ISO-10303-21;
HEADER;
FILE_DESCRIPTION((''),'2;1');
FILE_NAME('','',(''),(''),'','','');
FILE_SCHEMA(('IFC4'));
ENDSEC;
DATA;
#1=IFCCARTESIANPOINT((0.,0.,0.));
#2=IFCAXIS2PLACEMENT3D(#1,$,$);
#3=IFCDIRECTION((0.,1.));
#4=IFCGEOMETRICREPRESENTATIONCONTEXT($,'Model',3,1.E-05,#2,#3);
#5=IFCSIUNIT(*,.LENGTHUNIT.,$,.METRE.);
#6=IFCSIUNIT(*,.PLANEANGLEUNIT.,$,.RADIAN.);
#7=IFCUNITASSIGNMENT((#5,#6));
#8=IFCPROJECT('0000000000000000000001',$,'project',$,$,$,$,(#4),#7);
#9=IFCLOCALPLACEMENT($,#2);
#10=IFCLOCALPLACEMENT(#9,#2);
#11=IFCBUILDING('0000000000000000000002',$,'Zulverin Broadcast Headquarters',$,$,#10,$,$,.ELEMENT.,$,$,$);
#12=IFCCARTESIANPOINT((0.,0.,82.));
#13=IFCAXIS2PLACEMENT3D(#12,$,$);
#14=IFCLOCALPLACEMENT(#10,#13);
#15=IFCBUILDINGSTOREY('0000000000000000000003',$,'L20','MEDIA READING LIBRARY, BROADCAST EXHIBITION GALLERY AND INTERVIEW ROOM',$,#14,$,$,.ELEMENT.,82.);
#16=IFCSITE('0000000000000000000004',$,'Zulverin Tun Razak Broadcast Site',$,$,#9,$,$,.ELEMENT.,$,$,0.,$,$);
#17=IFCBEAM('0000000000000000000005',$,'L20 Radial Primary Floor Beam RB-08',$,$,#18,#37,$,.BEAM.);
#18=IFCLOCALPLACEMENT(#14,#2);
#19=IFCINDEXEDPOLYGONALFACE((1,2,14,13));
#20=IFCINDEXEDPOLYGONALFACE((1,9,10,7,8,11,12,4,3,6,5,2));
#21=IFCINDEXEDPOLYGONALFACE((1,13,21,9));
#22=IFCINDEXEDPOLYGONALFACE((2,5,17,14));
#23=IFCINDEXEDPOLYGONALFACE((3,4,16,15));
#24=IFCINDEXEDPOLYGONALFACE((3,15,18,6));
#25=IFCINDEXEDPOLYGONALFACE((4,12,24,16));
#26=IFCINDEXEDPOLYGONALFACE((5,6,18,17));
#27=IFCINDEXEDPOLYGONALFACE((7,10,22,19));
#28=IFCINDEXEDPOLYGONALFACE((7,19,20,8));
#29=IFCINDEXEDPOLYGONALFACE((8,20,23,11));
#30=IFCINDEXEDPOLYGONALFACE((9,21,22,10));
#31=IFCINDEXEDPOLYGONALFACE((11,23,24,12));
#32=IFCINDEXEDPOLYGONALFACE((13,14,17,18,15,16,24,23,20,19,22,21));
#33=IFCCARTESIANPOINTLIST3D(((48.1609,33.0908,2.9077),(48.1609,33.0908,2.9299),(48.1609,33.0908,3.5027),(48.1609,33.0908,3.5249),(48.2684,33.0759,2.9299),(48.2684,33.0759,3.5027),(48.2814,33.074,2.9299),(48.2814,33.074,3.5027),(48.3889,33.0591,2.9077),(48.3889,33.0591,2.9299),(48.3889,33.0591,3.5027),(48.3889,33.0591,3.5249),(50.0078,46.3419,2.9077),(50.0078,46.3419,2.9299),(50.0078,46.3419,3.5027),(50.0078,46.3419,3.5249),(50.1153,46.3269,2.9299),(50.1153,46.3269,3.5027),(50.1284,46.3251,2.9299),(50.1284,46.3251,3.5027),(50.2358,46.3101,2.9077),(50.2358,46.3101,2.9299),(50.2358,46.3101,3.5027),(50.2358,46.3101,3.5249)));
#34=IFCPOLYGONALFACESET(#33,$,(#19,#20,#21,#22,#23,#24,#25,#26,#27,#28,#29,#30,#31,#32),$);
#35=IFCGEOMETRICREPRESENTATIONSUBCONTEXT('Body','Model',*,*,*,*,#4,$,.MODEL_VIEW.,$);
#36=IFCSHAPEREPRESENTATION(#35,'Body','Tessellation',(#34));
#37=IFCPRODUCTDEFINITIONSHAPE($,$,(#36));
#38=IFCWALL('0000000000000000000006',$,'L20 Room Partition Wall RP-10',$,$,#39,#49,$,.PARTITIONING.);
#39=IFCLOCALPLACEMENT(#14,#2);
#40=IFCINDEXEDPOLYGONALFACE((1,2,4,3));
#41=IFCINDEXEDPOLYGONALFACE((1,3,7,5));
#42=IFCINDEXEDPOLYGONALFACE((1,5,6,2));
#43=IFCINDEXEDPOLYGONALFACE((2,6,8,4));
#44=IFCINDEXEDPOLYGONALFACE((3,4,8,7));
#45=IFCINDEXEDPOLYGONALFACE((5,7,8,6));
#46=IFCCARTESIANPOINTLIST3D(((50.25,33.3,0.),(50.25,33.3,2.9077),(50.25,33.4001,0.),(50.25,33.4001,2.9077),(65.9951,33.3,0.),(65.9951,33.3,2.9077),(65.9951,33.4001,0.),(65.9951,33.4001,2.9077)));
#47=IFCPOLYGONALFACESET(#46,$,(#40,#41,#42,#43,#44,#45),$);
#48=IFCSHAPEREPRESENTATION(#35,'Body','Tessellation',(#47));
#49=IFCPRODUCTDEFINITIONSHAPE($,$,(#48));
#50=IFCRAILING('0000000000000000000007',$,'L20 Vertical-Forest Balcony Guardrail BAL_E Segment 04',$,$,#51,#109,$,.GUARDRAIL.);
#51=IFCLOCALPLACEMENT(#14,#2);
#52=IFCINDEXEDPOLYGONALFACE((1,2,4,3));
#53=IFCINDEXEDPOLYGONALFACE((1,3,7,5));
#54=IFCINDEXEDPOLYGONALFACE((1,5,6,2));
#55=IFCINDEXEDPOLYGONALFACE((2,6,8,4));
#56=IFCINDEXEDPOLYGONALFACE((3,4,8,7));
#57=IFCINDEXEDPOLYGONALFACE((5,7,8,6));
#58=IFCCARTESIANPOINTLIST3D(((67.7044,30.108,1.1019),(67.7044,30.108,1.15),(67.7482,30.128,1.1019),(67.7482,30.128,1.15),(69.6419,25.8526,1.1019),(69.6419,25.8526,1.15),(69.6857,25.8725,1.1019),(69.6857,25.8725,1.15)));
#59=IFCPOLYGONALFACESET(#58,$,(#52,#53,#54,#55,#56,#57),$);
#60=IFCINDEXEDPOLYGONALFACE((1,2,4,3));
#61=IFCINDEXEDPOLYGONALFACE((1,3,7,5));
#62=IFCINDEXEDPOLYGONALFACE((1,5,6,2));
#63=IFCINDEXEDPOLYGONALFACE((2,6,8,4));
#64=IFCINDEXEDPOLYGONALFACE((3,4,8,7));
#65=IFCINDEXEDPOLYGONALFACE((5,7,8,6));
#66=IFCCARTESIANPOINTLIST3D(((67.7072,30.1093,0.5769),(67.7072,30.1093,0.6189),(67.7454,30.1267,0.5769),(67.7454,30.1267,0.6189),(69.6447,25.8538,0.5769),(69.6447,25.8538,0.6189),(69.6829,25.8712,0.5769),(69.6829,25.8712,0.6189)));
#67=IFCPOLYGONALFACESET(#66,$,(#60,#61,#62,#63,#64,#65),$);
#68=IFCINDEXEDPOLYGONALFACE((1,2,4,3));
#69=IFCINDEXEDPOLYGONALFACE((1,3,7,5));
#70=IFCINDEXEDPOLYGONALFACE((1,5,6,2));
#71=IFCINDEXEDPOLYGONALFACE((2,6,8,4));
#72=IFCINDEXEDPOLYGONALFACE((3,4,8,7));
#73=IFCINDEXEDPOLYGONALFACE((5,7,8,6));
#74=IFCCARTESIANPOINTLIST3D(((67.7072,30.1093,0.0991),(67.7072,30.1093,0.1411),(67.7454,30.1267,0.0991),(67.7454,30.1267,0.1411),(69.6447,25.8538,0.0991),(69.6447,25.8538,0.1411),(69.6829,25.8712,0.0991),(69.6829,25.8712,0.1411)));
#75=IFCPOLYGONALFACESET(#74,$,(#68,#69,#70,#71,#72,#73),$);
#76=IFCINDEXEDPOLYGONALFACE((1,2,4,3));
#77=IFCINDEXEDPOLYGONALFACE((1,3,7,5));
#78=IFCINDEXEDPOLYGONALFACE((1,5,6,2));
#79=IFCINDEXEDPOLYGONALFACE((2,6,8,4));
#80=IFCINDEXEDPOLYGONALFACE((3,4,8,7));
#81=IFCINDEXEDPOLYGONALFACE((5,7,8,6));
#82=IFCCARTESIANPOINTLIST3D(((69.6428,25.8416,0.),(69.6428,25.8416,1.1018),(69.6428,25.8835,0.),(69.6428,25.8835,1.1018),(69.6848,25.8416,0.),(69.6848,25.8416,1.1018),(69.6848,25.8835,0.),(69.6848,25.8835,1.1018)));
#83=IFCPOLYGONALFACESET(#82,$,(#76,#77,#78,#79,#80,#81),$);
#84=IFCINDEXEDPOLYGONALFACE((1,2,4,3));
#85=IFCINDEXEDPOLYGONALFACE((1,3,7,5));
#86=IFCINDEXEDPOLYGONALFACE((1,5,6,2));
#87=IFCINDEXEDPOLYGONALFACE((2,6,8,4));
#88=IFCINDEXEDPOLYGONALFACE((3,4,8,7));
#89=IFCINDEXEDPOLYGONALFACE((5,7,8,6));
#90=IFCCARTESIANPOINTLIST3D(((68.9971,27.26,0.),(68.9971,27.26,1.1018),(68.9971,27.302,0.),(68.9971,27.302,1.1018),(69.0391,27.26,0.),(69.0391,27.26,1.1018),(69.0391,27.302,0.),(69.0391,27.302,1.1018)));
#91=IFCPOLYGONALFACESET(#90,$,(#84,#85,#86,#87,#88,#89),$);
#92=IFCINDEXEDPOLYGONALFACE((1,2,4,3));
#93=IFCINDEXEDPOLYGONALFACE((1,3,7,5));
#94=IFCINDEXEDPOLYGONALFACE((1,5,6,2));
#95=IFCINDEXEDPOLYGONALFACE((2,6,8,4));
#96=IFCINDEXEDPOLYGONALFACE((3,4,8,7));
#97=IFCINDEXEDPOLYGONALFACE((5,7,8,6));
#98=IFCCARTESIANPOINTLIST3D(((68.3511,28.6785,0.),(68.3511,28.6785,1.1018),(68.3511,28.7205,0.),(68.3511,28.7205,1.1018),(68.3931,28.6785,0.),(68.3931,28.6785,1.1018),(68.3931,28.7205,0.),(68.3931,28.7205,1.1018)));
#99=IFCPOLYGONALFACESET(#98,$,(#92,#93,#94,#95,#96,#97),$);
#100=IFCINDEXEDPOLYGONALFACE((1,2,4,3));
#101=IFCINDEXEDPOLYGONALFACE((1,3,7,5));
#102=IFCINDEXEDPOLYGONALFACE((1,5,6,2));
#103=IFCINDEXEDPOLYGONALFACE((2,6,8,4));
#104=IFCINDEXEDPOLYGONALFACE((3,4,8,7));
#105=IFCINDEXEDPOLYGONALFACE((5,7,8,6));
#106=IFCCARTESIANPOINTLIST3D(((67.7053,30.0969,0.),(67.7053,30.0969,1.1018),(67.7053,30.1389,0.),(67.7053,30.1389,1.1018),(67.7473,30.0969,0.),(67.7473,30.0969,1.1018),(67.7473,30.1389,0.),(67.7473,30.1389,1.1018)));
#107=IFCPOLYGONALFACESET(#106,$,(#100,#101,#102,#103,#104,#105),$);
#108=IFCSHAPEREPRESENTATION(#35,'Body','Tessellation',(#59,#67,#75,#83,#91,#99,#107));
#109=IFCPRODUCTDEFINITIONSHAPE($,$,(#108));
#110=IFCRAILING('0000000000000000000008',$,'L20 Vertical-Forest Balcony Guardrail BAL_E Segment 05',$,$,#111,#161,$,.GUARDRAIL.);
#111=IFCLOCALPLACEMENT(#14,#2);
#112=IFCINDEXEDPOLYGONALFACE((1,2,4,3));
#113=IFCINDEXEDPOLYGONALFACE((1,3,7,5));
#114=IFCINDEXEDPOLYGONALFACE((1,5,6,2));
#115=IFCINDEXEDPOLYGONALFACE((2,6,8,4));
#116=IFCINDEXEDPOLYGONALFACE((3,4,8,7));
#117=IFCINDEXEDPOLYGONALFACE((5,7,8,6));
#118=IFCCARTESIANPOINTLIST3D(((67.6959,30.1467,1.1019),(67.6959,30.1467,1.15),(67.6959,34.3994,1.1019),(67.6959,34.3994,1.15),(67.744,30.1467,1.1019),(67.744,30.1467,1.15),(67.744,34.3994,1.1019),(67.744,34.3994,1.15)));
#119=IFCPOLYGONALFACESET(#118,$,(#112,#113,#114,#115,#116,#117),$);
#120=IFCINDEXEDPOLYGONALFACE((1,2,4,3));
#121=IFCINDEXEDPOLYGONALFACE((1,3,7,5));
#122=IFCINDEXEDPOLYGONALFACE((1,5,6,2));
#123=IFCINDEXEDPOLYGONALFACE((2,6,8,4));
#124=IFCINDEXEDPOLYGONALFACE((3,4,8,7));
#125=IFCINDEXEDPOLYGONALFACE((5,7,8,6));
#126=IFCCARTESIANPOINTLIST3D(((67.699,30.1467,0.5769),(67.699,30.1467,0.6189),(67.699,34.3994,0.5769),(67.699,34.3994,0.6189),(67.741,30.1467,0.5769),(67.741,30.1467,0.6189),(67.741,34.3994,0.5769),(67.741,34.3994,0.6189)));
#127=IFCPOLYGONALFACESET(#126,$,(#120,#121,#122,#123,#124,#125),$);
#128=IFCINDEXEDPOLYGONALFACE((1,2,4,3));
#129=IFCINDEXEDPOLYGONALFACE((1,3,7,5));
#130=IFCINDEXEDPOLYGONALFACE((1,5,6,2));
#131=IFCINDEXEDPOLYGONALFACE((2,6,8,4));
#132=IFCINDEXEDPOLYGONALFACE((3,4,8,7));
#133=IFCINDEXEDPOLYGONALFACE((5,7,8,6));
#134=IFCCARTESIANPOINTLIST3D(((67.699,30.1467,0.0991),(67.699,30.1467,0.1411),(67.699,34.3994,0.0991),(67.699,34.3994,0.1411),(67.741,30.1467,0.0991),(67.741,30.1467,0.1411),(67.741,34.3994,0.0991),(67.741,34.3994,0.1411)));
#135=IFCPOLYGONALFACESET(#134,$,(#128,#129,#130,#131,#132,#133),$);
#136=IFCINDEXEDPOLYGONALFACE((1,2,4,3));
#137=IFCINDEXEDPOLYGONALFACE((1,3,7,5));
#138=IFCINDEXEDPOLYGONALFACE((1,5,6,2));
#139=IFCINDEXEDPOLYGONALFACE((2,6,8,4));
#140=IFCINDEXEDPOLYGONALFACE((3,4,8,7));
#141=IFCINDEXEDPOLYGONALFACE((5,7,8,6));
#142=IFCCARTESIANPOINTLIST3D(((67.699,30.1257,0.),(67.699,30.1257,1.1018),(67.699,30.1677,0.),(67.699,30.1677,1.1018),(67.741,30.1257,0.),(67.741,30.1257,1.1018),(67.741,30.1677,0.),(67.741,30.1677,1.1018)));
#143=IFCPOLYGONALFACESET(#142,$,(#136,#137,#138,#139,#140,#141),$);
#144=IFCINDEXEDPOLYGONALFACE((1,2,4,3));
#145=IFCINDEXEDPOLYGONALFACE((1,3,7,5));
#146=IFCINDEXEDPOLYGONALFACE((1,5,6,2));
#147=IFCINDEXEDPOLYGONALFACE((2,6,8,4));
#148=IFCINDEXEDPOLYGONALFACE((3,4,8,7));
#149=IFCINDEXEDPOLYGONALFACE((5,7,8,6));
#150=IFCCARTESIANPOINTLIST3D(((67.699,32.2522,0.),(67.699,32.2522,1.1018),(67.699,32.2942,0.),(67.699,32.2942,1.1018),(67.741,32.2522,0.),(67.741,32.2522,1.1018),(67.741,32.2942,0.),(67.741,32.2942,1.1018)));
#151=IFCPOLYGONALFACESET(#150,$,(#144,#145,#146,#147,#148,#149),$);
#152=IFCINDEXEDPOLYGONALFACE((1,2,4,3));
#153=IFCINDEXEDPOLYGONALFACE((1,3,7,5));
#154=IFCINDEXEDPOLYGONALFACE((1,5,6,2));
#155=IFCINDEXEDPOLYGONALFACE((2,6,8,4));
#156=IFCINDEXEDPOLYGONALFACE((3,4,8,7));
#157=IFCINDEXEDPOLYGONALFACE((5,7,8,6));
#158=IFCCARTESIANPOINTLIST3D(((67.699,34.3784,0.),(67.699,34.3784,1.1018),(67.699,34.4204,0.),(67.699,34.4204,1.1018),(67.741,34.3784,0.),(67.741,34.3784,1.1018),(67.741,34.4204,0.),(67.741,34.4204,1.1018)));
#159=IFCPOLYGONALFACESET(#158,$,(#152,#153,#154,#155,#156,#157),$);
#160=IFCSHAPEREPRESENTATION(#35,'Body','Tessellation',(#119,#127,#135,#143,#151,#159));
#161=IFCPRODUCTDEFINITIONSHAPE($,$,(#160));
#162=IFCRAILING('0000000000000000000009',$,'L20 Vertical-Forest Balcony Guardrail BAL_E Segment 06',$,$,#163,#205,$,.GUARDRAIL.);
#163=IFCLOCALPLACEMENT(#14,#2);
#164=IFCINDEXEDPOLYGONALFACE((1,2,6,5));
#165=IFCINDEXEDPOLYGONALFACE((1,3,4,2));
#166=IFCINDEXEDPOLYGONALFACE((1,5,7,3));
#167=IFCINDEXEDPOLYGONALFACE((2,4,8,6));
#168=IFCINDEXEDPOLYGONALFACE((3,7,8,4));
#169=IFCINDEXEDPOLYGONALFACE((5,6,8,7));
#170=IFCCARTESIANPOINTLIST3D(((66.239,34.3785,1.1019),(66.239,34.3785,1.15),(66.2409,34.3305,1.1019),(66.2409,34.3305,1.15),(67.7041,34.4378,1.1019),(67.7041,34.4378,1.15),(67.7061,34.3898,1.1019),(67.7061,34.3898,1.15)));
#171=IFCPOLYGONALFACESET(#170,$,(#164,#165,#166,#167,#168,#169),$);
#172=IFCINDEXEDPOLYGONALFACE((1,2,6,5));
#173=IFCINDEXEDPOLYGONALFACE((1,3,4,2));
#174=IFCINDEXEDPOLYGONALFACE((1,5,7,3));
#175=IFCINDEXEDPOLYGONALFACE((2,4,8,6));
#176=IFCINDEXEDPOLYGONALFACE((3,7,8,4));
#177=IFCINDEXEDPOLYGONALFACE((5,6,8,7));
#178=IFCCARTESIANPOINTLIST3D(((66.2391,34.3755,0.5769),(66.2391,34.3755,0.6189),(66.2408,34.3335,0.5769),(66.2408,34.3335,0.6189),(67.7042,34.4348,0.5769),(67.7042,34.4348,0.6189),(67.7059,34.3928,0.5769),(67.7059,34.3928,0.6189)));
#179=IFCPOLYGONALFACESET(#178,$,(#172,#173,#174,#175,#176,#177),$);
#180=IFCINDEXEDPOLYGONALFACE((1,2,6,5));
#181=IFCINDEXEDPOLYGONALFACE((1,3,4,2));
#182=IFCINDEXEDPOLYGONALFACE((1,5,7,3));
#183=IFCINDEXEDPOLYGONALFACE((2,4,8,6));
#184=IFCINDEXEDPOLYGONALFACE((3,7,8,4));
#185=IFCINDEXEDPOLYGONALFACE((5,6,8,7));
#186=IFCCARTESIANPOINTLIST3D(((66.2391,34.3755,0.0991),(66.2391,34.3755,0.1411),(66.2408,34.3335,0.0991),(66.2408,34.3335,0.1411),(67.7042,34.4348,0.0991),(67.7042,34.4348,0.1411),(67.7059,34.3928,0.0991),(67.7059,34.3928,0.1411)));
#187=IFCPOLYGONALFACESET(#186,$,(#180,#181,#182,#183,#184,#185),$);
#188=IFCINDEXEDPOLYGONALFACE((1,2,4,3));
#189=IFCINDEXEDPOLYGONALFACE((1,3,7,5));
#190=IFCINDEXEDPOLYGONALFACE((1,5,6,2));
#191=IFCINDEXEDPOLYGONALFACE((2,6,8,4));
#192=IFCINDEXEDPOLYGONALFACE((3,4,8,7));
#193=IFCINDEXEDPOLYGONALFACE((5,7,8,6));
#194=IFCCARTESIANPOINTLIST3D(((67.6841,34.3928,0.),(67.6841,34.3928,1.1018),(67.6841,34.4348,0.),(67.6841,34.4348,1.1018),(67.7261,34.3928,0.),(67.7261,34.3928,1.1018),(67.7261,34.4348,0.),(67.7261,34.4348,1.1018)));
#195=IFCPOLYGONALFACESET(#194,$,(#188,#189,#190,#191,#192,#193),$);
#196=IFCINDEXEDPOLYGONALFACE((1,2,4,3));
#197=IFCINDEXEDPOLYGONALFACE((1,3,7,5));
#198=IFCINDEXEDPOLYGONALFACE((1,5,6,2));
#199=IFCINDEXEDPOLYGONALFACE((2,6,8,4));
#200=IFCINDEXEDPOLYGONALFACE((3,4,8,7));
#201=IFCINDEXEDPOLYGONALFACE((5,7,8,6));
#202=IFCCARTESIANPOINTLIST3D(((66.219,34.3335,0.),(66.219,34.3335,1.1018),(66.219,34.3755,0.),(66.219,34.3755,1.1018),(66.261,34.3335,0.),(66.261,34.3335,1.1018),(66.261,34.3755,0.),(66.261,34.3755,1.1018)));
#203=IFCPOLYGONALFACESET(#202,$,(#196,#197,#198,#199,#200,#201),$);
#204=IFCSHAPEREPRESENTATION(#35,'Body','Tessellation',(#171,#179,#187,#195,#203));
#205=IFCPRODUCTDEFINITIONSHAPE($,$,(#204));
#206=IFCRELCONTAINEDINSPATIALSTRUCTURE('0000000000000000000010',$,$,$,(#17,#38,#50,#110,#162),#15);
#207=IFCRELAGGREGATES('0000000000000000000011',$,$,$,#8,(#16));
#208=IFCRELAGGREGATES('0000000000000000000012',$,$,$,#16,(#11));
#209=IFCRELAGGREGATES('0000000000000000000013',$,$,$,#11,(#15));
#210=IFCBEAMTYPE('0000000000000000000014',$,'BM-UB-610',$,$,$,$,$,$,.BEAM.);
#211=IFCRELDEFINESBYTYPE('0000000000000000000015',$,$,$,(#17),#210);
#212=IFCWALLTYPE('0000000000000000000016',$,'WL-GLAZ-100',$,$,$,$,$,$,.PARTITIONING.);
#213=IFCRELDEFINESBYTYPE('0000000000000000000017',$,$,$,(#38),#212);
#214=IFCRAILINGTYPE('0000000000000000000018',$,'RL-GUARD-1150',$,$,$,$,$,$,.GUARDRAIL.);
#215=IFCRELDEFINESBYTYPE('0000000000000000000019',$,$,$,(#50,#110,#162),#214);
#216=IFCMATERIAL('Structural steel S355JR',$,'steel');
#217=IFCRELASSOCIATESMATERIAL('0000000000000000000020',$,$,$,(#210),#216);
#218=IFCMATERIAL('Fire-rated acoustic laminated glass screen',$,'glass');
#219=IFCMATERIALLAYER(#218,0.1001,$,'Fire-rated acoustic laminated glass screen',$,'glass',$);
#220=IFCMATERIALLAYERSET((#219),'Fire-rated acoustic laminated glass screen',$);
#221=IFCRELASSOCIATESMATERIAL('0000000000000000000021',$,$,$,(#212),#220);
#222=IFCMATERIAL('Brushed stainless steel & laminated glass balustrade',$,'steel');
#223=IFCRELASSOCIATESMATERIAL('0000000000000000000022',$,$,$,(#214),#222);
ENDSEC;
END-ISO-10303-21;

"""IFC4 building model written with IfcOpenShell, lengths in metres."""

from ifc_helpers import new_model, si_unit, direction, frame, frame_2d, origin, origin_2d, place, context, subcontext, project, spatial, rectangle, i_section, extrude, material, layer, layer_set, material_profile, profile_set, type_object, element, save


model = new_model("IFC4")

# Units and contexts
model_context = context("Model", 3, precision=1e-05, world=origin(), true_north=direction((0.0, 1.0)))
body_context = subcontext(model_context, "Body", "Model", "MODEL_VIEW")
ifc_project = project(units=[si_unit("LENGTHUNIT", "METRE"), si_unit("PLANEANGLEUNIT", "RADIAN")], contexts=[model_context])

# Site, building, storey
site_placement = place(None, origin())
site = spatial("IfcSite", under=ifc_project, at=site_placement, Name="Zulverin Tun Razak Broadcast Site", CompositionType="ELEMENT", RefElevation=0.0)
building_placement = place(site_placement, origin())
building = spatial("IfcBuilding", under=site, at=building_placement, Name="Zulverin Broadcast Headquarters", CompositionType="ELEMENT")
storey_placement = place(building_placement, frame((0.0, 0.0, 82.0)))
storey = spatial("IfcBuildingStorey", under=building, at=storey_placement, Name="L20", Description="MEDIA READING LIBRARY, BROADCAST EXHIBITION GALLERY AND INTERVIEW ROOM", CompositionType="ELEMENT", Elevation=82.0)

# Beam
ifc_material_1 = material(Name="Structural steel S355JR", Category="steel")
ifc_material_profile_1 = material_profile(ifc_material_1, i_section(OverallWidth=0.2302, OverallDepth=0.6172, WebThickness=0.0132, FlangeThickness=0.0222, at=origin_2d()), Name="Structural steel S355JR", Category="steel")
ifc_profile_set_1 = profile_set([ifc_material_profile_1], Name="Structural steel S355JR")
beam_type_1 = type_object("IfcBeamType", Name="BM-UB-610", PredefinedType="BEAM", material=ifc_profile_set_1)
beam_1_placement = place(storey_placement, frame((48.2749, 33.075, 3.2163), z_axis=(0.138046, 0.990426, 0.0), x_axis=(-0.990426, 0.138046, 0.0)))
element("IfcBeam", 1, at=beam_1_placement, inside=storey, type_object=beam_type_1, Name="L20 Radial Primary Floor Beam RB-08", PredefinedType="BEAM", context=body_context, shape_type="SweptSolid", body=[
    extrude(i_section(OverallWidth=0.2302, OverallDepth=0.6172, WebThickness=0.0132, FlangeThickness=0.0222, at=origin_2d()), origin(), (0.0, 0.0, 1.0), 13.3792),
])

# Wall
ifc_material_2 = material(Name="Fire-rated acoustic laminated glass screen", Category="glass")
ifc_layer_1 = layer(ifc_material_2, 0.1001, Name="Fire-rated acoustic laminated glass screen", Category="glass")
ifc_layer_set_1 = layer_set([ifc_layer_1], Name="Fire-rated acoustic laminated glass screen")
wall_type = type_object("IfcWallType", Name="WL-GLAZ-100", PredefinedType="PARTITIONING", material=ifc_layer_set_1)
wall_placement = place(storey_placement, frame((50.25, 33.3501, 0.0), z_axis=(0.0, 0.0, 1.0), x_axis=(1.0, 0.0, 0.0)))
element("IfcWall", 2, at=wall_placement, inside=storey, type_object=wall_type, Name="L20 Room Partition Wall RP-10", PredefinedType="PARTITIONING", context=body_context, shape_type="SweptSolid", body=[
    extrude(rectangle(XDim=15.7451, YDim=0.1001, at=frame_2d((7.8726, 0.0))), origin(), (0.0, 0.0, 1.0), 2.9077),
])

# Railings
ifc_material_3 = material(Name="Brushed stainless steel & laminated glass balustrade", Category="steel")
railing_type = type_object("IfcRailingType", Name="RL-GUARD-1150", PredefinedType="GUARDRAIL", material=ifc_material_3)
railing_1_placement = place(storey_placement, frame((69.6638, 25.8625, 0.0)))
element("IfcRailing", 3, at=railing_1_placement, inside=storey, type_object=railing_type, Name="L20 Vertical-Forest Balcony Guardrail BAL_E Segment 04", PredefinedType="GUARDRAIL", context=body_context, shape_type="SweptSolid", body=[
    extrude(rectangle(XDim=0.0481, YDim=0.0481, at=origin_2d()), frame((0.0, 0.0, 1.126), z_axis=(-0.414377, 0.910105, 0.0), x_axis=(-0.910105, -0.414377, 0.0)), (0.0, 0.0, 1.0), 4.6758),
    extrude(rectangle(XDim=0.042, YDim=0.042, at=origin_2d()), frame((0.0, 0.0, 0.5979), z_axis=(-0.414377, 0.910105, 0.0), x_axis=(-0.910105, -0.414377, 0.0)), (0.0, 0.0, 1.0), 4.6758),
    extrude(rectangle(XDim=0.042, YDim=0.042, at=origin_2d()), frame((0.0, 0.0, 0.1201), z_axis=(-0.414377, 0.910105, 0.0), x_axis=(-0.910105, -0.414377, 0.0)), (0.0, 0.0, 1.0), 4.6758),
    extrude(rectangle(XDim=0.042, YDim=0.042, at=origin_2d()), origin(), (0.0, 0.0, 1.0), 1.1018),
    extrude(rectangle(XDim=0.042, YDim=0.042, at=origin_2d()), frame((-0.6458, 1.4185, 0.0)), (0.0, 0.0, 1.0), 1.1018),
    extrude(rectangle(XDim=0.042, YDim=0.042, at=origin_2d()), frame((-1.2917, 2.8369, 0.0)), (0.0, 0.0, 1.0), 1.1018),
    extrude(rectangle(XDim=0.042, YDim=0.042, at=origin_2d()), frame((-1.9375, 4.2554, 0.0)), (0.0, 0.0, 1.0), 1.1018),
])
railing_2_placement = place(storey_placement, frame((67.72, 30.1467, 0.0)))
element("IfcRailing", 4, at=railing_2_placement, inside=storey, type_object=railing_type, Name="L20 Vertical-Forest Balcony Guardrail BAL_E Segment 05", PredefinedType="GUARDRAIL", context=body_context, shape_type="SweptSolid", body=[
    extrude(rectangle(XDim=0.0481, YDim=0.0481, at=origin_2d()), frame((0.0, 0.0, 1.126), z_axis=(0.0, 1.0, 0.0), x_axis=(-1.0, 0.0, 0.0)), (0.0, 0.0, 1.0), 4.2527),
    extrude(rectangle(XDim=0.042, YDim=0.042, at=origin_2d()), frame((0.0, 0.0, 0.5979), z_axis=(0.0, 1.0, 0.0), x_axis=(-1.0, 0.0, 0.0)), (0.0, 0.0, 1.0), 4.2527),
    extrude(rectangle(XDim=0.042, YDim=0.042, at=origin_2d()), frame((0.0, 0.0, 0.1201), z_axis=(0.0, 1.0, 0.0), x_axis=(-1.0, 0.0, 0.0)), (0.0, 0.0, 1.0), 4.2527),
    extrude(rectangle(XDim=0.042, YDim=0.042, at=origin_2d()), origin(), (0.0, 0.0, 1.0), 1.1018),
    extrude(rectangle(XDim=0.042, YDim=0.042, at=origin_2d()), frame((0.0, 2.1265, 0.0)), (0.0, 0.0, 1.0), 1.1018),
    extrude(rectangle(XDim=0.042, YDim=0.042, at=origin_2d()), frame((0.0, 4.2527, 0.0)), (0.0, 0.0, 1.0), 1.1018),
])
railing_3_placement = place(storey_placement, frame((67.7051, 34.4138, 0.0)))
element("IfcRailing", 5, at=railing_3_placement, inside=storey, type_object=railing_type, Name="L20 Vertical-Forest Balcony Guardrail BAL_E Segment 06", PredefinedType="GUARDRAIL", context=body_context, shape_type="SweptSolid", body=[
    extrude(rectangle(XDim=0.0481, YDim=0.0481, at=origin_2d()), frame((0.0, 0.0, 1.126), z_axis=(-0.999181, -0.04046, 0.0), x_axis=(0.04046, -0.999181, 0.0)), (0.0, 0.0, 1.0), 1.4663),
    extrude(rectangle(XDim=0.042, YDim=0.042, at=origin_2d()), frame((0.0, 0.0, 0.5979), z_axis=(-0.999181, -0.04046, 0.0), x_axis=(0.04046, -0.999181, 0.0)), (0.0, 0.0, 1.0), 1.4663),
    extrude(rectangle(XDim=0.042, YDim=0.042, at=origin_2d()), frame((0.0, 0.0, 0.1201), z_axis=(-0.999181, -0.04046, 0.0), x_axis=(0.04046, -0.999181, 0.0)), (0.0, 0.0, 1.0), 1.4663),
    extrude(rectangle(XDim=0.042, YDim=0.042, at=origin_2d()), origin(), (0.0, 0.0, 1.0), 1.1018),
    extrude(rectangle(XDim=0.042, YDim=0.042, at=origin_2d()), frame((-1.4651, -0.0593, 0.0)), (0.0, 0.0, 1.0), 1.1018),
])

save(model, "model.ifc")
